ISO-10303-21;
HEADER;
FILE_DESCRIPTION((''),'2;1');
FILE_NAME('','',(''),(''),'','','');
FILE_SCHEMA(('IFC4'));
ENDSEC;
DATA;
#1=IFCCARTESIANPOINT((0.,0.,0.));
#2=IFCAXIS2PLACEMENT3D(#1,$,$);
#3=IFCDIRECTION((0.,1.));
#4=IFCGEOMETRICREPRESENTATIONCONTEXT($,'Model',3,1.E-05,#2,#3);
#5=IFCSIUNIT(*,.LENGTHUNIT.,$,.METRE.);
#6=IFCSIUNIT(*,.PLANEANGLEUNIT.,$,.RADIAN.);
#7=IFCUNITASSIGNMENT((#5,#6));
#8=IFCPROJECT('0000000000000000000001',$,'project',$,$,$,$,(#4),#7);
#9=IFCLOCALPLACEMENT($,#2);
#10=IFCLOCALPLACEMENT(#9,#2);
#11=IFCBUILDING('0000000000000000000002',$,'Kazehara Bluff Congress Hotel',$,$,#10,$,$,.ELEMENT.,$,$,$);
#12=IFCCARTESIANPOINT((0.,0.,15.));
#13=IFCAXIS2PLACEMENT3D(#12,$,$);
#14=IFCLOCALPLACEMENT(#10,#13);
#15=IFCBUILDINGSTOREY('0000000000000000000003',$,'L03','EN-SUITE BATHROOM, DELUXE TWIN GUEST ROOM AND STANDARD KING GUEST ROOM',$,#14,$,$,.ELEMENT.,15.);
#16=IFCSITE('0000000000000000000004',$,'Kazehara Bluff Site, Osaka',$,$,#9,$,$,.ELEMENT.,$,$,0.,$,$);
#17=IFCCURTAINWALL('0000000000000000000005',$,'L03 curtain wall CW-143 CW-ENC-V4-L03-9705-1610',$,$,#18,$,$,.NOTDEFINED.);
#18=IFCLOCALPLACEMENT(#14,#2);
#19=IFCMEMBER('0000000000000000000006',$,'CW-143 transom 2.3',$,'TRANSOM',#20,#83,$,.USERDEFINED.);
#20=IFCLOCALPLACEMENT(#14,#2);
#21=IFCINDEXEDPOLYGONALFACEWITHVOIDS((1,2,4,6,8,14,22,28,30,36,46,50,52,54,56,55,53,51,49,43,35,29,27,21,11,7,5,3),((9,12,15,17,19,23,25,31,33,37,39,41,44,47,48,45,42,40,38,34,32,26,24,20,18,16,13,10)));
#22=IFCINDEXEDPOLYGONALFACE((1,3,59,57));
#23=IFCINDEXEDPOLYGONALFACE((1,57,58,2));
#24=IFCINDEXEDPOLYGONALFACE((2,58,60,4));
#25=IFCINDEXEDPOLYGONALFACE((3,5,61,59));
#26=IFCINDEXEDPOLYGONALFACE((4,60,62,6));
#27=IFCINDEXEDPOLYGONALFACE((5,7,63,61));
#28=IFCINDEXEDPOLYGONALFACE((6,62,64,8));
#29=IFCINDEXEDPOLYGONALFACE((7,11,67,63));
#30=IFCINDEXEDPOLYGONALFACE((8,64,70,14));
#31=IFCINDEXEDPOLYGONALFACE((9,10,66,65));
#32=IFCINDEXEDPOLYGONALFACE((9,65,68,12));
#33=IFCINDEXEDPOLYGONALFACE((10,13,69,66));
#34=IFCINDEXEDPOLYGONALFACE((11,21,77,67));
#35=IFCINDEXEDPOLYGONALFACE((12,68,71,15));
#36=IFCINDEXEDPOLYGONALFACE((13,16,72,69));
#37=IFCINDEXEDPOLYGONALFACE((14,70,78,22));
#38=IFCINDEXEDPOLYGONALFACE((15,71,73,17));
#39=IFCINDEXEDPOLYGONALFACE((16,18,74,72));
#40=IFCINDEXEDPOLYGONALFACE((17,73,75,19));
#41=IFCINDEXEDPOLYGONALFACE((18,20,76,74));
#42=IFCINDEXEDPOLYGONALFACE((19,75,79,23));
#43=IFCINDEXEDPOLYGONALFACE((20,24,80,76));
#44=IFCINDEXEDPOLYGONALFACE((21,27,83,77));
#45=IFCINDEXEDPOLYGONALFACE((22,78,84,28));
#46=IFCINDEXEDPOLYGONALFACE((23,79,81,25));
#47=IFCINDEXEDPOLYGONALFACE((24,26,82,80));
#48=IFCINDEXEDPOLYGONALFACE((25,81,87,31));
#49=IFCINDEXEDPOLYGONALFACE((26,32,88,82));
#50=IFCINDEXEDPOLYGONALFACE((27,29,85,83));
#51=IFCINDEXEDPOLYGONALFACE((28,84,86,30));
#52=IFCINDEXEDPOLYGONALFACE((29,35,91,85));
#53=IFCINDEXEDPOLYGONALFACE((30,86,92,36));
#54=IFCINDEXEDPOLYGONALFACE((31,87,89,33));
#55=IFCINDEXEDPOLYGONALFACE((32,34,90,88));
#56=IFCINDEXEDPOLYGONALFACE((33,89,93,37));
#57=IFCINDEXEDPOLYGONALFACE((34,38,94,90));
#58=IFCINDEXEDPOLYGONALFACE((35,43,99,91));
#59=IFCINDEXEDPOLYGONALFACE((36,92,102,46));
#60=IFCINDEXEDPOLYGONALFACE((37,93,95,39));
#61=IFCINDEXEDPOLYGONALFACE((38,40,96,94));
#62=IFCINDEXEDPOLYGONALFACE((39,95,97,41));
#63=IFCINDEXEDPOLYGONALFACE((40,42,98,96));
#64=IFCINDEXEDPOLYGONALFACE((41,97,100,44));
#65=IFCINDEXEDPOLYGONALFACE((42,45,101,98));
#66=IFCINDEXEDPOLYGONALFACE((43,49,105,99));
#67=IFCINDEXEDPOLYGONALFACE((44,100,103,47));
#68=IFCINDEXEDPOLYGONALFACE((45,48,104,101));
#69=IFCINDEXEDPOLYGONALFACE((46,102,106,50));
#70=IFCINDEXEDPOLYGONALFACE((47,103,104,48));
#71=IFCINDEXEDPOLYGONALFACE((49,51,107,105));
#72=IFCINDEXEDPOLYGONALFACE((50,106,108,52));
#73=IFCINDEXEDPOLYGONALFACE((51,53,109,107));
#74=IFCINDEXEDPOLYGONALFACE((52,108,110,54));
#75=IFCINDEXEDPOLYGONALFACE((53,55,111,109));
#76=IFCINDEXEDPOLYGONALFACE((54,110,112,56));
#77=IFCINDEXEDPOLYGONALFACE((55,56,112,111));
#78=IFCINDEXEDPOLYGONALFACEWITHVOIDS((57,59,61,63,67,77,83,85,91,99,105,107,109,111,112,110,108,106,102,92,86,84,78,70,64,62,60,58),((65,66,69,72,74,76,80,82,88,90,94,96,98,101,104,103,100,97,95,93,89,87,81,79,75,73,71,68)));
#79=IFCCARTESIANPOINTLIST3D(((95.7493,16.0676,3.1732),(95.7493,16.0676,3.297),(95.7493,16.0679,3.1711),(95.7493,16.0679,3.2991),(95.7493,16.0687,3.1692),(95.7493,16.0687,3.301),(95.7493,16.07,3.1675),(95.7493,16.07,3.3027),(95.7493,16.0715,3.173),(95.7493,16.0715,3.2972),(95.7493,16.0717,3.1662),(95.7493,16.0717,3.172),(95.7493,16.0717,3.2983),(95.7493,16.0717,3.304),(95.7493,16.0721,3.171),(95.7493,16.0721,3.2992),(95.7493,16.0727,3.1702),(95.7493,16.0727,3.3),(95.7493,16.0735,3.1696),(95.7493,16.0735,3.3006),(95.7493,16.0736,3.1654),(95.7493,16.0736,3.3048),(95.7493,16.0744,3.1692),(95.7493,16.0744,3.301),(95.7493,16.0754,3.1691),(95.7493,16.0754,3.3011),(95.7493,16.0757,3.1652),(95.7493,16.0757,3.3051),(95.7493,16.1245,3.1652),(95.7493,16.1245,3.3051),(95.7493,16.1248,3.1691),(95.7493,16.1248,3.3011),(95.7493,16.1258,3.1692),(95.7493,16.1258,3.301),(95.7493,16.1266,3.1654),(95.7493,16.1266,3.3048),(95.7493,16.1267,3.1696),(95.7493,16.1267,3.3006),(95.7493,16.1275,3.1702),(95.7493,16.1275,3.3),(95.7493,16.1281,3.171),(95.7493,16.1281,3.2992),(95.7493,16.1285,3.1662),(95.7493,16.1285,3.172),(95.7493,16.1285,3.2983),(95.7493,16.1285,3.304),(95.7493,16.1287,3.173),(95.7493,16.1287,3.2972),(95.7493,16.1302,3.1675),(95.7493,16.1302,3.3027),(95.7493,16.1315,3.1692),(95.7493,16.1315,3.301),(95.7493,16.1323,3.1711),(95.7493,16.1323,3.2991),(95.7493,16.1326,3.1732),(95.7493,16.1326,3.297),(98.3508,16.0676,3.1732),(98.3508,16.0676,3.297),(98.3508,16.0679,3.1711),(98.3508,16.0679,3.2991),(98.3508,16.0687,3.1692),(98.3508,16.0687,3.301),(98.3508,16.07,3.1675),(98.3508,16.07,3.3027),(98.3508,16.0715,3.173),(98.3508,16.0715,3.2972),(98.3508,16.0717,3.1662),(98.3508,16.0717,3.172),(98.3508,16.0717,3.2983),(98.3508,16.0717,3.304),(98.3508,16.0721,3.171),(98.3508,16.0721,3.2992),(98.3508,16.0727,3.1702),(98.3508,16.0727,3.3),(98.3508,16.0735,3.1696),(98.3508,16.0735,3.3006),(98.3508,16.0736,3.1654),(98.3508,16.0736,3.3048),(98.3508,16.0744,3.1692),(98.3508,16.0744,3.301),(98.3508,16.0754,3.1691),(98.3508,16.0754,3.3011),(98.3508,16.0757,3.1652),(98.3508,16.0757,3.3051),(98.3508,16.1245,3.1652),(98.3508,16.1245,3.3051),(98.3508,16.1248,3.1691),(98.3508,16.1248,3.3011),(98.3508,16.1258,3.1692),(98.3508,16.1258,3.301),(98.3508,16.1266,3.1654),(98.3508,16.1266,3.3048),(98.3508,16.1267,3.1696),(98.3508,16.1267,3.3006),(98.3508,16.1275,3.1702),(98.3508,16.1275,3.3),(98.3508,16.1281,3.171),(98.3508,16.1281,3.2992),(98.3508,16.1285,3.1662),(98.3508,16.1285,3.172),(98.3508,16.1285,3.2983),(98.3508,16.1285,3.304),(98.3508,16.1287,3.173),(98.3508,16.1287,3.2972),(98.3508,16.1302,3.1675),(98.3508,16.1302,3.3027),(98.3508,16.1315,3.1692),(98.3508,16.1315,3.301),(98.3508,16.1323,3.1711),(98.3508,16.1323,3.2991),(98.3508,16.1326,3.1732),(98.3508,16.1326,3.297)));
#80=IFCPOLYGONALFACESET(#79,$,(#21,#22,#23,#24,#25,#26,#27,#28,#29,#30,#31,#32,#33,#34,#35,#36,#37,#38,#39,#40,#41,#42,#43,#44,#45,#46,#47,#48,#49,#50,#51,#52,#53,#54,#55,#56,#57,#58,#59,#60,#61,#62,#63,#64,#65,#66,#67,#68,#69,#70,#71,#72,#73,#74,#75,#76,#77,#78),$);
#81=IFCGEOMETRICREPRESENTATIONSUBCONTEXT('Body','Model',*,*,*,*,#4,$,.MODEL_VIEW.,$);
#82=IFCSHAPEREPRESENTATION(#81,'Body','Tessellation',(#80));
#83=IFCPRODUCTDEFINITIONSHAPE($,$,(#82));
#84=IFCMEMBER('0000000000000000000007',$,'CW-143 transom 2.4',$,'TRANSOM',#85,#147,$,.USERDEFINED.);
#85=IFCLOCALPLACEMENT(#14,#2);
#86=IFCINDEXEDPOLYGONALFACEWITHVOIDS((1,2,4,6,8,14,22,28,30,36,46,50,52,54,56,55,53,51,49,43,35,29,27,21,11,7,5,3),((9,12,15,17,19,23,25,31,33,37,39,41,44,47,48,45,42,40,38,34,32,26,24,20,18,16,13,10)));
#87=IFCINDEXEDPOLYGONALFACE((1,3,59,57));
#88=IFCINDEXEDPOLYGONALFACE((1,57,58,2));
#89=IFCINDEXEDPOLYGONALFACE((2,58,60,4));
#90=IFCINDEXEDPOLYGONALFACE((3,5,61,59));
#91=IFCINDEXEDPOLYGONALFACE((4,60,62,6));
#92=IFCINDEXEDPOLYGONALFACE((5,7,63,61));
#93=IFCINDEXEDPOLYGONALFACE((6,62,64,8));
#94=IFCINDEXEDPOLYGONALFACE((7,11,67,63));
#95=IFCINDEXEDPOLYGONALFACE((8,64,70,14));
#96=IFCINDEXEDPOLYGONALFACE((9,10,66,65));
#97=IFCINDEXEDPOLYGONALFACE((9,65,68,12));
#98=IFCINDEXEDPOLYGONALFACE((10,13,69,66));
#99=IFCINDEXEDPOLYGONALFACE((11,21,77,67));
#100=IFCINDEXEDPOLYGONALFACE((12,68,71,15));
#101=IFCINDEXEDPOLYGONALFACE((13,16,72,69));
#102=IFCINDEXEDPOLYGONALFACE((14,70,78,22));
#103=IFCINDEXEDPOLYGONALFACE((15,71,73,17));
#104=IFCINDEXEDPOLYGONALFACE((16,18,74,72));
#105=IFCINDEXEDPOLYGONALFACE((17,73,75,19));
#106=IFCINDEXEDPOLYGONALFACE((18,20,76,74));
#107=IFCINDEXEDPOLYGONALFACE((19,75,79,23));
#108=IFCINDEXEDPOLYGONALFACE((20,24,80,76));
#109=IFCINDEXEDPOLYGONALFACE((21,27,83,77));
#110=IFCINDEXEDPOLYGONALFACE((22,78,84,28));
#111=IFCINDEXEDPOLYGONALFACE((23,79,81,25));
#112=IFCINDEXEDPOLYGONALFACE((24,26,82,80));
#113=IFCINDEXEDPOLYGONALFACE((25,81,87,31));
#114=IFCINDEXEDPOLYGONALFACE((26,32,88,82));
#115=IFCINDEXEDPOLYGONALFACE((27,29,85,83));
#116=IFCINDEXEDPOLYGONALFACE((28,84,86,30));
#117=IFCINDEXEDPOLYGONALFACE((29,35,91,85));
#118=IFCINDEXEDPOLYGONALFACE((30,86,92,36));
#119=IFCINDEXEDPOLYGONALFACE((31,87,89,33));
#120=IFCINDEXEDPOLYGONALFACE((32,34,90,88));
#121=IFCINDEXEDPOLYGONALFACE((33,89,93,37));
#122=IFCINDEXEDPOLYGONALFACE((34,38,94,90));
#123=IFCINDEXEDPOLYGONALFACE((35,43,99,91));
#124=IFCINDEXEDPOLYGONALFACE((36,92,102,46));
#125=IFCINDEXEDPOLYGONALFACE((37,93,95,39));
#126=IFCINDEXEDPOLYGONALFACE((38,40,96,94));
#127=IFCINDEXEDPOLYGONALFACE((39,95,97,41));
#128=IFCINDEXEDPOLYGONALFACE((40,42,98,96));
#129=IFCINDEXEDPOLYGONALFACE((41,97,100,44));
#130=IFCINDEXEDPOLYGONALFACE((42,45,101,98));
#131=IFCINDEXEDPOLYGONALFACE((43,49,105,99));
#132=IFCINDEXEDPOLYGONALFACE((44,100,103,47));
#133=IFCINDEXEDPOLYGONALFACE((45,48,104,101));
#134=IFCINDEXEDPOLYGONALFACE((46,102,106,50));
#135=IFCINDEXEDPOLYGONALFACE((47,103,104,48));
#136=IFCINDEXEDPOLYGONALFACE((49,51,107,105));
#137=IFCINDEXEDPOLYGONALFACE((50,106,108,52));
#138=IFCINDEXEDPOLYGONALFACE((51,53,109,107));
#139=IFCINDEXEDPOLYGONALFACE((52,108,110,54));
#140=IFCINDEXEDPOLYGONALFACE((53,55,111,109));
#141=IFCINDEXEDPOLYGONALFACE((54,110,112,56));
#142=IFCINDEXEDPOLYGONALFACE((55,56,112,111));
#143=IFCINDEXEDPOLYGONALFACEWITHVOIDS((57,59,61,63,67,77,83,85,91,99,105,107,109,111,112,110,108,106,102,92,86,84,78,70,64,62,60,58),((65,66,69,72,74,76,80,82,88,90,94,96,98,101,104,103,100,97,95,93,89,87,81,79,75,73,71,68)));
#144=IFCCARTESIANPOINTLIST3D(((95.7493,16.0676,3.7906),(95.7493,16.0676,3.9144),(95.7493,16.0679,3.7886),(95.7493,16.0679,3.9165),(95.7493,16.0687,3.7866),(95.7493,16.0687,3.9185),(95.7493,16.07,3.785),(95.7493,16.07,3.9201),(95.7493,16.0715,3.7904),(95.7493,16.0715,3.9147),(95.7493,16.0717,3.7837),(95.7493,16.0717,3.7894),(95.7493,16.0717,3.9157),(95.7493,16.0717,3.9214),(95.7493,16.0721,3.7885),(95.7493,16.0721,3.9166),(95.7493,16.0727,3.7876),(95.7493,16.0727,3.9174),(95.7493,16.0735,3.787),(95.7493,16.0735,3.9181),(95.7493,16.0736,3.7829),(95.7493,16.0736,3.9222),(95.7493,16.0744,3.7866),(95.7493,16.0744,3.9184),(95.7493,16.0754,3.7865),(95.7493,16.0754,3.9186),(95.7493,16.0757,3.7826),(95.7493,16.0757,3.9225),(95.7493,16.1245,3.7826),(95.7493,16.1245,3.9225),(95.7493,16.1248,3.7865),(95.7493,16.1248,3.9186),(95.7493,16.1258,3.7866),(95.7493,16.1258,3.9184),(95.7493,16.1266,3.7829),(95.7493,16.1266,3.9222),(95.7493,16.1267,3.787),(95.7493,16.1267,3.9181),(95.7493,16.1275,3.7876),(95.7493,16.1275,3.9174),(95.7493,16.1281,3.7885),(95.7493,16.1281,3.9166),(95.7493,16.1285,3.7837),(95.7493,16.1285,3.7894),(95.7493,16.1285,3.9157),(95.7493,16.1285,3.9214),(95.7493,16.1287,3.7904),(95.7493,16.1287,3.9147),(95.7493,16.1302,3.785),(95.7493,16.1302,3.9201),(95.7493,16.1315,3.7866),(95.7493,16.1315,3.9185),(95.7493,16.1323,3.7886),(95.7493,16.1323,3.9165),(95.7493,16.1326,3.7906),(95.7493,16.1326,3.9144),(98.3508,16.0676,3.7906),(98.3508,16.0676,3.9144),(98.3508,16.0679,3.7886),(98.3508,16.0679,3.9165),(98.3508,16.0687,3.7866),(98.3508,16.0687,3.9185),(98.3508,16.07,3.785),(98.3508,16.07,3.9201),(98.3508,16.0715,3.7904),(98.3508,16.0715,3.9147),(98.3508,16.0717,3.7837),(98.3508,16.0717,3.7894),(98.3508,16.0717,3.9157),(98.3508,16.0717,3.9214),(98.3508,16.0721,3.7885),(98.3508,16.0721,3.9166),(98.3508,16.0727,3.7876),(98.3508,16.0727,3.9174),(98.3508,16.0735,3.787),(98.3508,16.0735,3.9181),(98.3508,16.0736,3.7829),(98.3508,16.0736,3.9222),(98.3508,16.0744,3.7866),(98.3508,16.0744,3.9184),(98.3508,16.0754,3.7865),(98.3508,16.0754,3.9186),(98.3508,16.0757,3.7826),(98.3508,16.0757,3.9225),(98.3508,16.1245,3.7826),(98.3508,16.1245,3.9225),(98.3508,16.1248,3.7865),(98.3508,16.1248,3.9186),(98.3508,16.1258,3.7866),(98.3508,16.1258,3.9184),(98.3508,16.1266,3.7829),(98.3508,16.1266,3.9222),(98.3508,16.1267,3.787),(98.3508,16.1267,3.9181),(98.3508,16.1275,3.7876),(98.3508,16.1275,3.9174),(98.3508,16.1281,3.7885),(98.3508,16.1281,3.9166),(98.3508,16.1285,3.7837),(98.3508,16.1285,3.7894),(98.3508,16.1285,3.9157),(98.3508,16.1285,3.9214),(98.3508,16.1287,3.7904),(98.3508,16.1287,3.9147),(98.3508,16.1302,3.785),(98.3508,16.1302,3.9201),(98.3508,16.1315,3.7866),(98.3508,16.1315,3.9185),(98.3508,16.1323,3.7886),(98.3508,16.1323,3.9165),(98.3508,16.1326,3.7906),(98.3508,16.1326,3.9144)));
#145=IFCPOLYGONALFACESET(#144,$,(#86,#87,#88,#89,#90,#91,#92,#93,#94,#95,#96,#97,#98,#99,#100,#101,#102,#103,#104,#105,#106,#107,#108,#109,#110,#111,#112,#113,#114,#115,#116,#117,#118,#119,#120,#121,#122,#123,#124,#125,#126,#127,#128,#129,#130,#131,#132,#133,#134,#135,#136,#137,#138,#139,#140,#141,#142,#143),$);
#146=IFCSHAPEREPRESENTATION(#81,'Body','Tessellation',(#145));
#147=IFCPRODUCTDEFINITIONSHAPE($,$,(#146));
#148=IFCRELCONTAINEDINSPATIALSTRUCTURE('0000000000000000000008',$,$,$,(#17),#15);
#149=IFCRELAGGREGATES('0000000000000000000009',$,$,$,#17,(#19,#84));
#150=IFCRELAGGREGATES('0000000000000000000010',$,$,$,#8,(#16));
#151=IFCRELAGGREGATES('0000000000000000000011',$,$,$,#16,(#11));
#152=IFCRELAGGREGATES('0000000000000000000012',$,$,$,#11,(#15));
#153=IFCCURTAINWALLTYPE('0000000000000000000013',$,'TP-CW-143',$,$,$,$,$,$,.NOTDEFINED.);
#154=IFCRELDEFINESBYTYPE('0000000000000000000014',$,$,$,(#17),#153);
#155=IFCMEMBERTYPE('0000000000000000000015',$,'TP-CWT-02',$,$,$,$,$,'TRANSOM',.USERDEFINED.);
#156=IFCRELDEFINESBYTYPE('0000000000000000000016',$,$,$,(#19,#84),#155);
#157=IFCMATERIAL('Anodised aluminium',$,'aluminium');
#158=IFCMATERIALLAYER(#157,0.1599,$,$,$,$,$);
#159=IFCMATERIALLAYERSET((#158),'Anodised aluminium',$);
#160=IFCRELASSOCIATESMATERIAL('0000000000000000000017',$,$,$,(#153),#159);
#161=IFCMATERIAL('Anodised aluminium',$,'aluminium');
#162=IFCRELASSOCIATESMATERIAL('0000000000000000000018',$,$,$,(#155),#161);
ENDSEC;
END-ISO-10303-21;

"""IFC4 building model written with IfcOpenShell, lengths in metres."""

from ifc_helpers import new_model, si_unit, direction, frame, origin, origin_2d, place, context, subcontext, project, spatial, hollow_rectangle, extrude, material, layer, layer_set, material_profile, profile_set, type_object, element, aggregate, save


model = new_model("IFC4")

# Units and contexts
model_context = context("Model", 3, precision=1e-05, world=origin(), true_north=direction((0.0, 1.0)))
body_context = subcontext(model_context, "Body", "Model", "MODEL_VIEW")
ifc_project = project(units=[si_unit("LENGTHUNIT", "METRE"), si_unit("PLANEANGLEUNIT", "RADIAN")], contexts=[model_context])

# Site, building, storey
site_placement = place(None, origin())
site = spatial("IfcSite", under=ifc_project, at=site_placement, Name="Kazehara Bluff Site, Osaka", CompositionType="ELEMENT", RefElevation=0.0)
building_placement = place(site_placement, origin())
building = spatial("IfcBuilding", under=site, at=building_placement, Name="Kazehara Bluff Congress Hotel", CompositionType="ELEMENT")
storey_placement = place(building_placement, frame((0.0, 0.0, 15.0)))
storey = spatial("IfcBuildingStorey", under=building, at=storey_placement, Name="L03", Description="EN-SUITE BATHROOM, DELUXE TWIN GUEST ROOM AND STANDARD KING GUEST ROOM", CompositionType="ELEMENT", Elevation=15.0)

# Curtain wall
ifc_material_1 = material(Name="Anodised aluminium", Category="aluminium")
ifc_layer_1 = layer(ifc_material_1, 0.1599)
ifc_layer_set_1 = layer_set([ifc_layer_1], Name="Anodised aluminium")
curtain_wall_type_1 = type_object("IfcCurtainWallType", Name="TP-CW-143", PredefinedType="NOTDEFINED", material=ifc_layer_set_1)
curtain_wall_1_placement = place(storey_placement, origin())
curtain_wall_1 = element("IfcCurtainWall", 1, at=curtain_wall_1_placement, inside=storey, type_object=curtain_wall_type_1, Name="L03 curtain wall CW-143 CW-ENC-V4-L03-9705-1610", PredefinedType="NOTDEFINED")

# Members
ifc_material_2 = material(Name="Anodised aluminium", Category="aluminium")
ifc_material_profile_1 = material_profile(ifc_material_2, hollow_rectangle(XDim=0.0649, YDim=0.1399, WallThickness=0.0039, InnerFilletRadius=0.0039, OuterFilletRadius=0.0081, at=origin_2d()))
ifc_profile_set_1 = profile_set([ifc_material_profile_1], Name="Anodised aluminium")
member_type_1 = type_object("IfcMemberType", Name="TP-CWT-02", ElementType="TRANSOM", PredefinedType="USERDEFINED", material=ifc_profile_set_1)
member_1_placement = place(storey_placement, frame((98.3508, 16.1001, 3.2351), z_axis=(-1.0, 0.0, 0.0), x_axis=(0.0, -1.0, 0.0)))
member_1 = element("IfcMember", 2, at=member_1_placement, type_object=member_type_1, Name="CW-143 transom 2.3", ObjectType="TRANSOM", PredefinedType="USERDEFINED", context=body_context, shape_type="SweptSolid", body=[
    extrude(hollow_rectangle(XDim=0.0649, YDim=0.1399, WallThickness=0.0039, InnerFilletRadius=0.0039, OuterFilletRadius=0.0081, at=origin_2d()), origin(), (0.0, 0.0, 1.0), 2.6016),
])
member_2_placement = place(storey_placement, frame((98.3508, 16.1001, 3.8525), z_axis=(-1.0, 0.0, 0.0), x_axis=(0.0, -1.0, 0.0)))
member_2 = element("IfcMember", 3, at=member_2_placement, type_object=member_type_1, Name="CW-143 transom 2.4", ObjectType="TRANSOM", PredefinedType="USERDEFINED", context=body_context, shape_type="SweptSolid", body=[
    extrude(hollow_rectangle(XDim=0.0649, YDim=0.1399, WallThickness=0.0039, InnerFilletRadius=0.0039, OuterFilletRadius=0.0081, at=origin_2d()), origin(), (0.0, 0.0, 1.0), 2.6016),
])

aggregate(curtain_wall_1, [member_1, member_2])

save(model, "model.ifc")
